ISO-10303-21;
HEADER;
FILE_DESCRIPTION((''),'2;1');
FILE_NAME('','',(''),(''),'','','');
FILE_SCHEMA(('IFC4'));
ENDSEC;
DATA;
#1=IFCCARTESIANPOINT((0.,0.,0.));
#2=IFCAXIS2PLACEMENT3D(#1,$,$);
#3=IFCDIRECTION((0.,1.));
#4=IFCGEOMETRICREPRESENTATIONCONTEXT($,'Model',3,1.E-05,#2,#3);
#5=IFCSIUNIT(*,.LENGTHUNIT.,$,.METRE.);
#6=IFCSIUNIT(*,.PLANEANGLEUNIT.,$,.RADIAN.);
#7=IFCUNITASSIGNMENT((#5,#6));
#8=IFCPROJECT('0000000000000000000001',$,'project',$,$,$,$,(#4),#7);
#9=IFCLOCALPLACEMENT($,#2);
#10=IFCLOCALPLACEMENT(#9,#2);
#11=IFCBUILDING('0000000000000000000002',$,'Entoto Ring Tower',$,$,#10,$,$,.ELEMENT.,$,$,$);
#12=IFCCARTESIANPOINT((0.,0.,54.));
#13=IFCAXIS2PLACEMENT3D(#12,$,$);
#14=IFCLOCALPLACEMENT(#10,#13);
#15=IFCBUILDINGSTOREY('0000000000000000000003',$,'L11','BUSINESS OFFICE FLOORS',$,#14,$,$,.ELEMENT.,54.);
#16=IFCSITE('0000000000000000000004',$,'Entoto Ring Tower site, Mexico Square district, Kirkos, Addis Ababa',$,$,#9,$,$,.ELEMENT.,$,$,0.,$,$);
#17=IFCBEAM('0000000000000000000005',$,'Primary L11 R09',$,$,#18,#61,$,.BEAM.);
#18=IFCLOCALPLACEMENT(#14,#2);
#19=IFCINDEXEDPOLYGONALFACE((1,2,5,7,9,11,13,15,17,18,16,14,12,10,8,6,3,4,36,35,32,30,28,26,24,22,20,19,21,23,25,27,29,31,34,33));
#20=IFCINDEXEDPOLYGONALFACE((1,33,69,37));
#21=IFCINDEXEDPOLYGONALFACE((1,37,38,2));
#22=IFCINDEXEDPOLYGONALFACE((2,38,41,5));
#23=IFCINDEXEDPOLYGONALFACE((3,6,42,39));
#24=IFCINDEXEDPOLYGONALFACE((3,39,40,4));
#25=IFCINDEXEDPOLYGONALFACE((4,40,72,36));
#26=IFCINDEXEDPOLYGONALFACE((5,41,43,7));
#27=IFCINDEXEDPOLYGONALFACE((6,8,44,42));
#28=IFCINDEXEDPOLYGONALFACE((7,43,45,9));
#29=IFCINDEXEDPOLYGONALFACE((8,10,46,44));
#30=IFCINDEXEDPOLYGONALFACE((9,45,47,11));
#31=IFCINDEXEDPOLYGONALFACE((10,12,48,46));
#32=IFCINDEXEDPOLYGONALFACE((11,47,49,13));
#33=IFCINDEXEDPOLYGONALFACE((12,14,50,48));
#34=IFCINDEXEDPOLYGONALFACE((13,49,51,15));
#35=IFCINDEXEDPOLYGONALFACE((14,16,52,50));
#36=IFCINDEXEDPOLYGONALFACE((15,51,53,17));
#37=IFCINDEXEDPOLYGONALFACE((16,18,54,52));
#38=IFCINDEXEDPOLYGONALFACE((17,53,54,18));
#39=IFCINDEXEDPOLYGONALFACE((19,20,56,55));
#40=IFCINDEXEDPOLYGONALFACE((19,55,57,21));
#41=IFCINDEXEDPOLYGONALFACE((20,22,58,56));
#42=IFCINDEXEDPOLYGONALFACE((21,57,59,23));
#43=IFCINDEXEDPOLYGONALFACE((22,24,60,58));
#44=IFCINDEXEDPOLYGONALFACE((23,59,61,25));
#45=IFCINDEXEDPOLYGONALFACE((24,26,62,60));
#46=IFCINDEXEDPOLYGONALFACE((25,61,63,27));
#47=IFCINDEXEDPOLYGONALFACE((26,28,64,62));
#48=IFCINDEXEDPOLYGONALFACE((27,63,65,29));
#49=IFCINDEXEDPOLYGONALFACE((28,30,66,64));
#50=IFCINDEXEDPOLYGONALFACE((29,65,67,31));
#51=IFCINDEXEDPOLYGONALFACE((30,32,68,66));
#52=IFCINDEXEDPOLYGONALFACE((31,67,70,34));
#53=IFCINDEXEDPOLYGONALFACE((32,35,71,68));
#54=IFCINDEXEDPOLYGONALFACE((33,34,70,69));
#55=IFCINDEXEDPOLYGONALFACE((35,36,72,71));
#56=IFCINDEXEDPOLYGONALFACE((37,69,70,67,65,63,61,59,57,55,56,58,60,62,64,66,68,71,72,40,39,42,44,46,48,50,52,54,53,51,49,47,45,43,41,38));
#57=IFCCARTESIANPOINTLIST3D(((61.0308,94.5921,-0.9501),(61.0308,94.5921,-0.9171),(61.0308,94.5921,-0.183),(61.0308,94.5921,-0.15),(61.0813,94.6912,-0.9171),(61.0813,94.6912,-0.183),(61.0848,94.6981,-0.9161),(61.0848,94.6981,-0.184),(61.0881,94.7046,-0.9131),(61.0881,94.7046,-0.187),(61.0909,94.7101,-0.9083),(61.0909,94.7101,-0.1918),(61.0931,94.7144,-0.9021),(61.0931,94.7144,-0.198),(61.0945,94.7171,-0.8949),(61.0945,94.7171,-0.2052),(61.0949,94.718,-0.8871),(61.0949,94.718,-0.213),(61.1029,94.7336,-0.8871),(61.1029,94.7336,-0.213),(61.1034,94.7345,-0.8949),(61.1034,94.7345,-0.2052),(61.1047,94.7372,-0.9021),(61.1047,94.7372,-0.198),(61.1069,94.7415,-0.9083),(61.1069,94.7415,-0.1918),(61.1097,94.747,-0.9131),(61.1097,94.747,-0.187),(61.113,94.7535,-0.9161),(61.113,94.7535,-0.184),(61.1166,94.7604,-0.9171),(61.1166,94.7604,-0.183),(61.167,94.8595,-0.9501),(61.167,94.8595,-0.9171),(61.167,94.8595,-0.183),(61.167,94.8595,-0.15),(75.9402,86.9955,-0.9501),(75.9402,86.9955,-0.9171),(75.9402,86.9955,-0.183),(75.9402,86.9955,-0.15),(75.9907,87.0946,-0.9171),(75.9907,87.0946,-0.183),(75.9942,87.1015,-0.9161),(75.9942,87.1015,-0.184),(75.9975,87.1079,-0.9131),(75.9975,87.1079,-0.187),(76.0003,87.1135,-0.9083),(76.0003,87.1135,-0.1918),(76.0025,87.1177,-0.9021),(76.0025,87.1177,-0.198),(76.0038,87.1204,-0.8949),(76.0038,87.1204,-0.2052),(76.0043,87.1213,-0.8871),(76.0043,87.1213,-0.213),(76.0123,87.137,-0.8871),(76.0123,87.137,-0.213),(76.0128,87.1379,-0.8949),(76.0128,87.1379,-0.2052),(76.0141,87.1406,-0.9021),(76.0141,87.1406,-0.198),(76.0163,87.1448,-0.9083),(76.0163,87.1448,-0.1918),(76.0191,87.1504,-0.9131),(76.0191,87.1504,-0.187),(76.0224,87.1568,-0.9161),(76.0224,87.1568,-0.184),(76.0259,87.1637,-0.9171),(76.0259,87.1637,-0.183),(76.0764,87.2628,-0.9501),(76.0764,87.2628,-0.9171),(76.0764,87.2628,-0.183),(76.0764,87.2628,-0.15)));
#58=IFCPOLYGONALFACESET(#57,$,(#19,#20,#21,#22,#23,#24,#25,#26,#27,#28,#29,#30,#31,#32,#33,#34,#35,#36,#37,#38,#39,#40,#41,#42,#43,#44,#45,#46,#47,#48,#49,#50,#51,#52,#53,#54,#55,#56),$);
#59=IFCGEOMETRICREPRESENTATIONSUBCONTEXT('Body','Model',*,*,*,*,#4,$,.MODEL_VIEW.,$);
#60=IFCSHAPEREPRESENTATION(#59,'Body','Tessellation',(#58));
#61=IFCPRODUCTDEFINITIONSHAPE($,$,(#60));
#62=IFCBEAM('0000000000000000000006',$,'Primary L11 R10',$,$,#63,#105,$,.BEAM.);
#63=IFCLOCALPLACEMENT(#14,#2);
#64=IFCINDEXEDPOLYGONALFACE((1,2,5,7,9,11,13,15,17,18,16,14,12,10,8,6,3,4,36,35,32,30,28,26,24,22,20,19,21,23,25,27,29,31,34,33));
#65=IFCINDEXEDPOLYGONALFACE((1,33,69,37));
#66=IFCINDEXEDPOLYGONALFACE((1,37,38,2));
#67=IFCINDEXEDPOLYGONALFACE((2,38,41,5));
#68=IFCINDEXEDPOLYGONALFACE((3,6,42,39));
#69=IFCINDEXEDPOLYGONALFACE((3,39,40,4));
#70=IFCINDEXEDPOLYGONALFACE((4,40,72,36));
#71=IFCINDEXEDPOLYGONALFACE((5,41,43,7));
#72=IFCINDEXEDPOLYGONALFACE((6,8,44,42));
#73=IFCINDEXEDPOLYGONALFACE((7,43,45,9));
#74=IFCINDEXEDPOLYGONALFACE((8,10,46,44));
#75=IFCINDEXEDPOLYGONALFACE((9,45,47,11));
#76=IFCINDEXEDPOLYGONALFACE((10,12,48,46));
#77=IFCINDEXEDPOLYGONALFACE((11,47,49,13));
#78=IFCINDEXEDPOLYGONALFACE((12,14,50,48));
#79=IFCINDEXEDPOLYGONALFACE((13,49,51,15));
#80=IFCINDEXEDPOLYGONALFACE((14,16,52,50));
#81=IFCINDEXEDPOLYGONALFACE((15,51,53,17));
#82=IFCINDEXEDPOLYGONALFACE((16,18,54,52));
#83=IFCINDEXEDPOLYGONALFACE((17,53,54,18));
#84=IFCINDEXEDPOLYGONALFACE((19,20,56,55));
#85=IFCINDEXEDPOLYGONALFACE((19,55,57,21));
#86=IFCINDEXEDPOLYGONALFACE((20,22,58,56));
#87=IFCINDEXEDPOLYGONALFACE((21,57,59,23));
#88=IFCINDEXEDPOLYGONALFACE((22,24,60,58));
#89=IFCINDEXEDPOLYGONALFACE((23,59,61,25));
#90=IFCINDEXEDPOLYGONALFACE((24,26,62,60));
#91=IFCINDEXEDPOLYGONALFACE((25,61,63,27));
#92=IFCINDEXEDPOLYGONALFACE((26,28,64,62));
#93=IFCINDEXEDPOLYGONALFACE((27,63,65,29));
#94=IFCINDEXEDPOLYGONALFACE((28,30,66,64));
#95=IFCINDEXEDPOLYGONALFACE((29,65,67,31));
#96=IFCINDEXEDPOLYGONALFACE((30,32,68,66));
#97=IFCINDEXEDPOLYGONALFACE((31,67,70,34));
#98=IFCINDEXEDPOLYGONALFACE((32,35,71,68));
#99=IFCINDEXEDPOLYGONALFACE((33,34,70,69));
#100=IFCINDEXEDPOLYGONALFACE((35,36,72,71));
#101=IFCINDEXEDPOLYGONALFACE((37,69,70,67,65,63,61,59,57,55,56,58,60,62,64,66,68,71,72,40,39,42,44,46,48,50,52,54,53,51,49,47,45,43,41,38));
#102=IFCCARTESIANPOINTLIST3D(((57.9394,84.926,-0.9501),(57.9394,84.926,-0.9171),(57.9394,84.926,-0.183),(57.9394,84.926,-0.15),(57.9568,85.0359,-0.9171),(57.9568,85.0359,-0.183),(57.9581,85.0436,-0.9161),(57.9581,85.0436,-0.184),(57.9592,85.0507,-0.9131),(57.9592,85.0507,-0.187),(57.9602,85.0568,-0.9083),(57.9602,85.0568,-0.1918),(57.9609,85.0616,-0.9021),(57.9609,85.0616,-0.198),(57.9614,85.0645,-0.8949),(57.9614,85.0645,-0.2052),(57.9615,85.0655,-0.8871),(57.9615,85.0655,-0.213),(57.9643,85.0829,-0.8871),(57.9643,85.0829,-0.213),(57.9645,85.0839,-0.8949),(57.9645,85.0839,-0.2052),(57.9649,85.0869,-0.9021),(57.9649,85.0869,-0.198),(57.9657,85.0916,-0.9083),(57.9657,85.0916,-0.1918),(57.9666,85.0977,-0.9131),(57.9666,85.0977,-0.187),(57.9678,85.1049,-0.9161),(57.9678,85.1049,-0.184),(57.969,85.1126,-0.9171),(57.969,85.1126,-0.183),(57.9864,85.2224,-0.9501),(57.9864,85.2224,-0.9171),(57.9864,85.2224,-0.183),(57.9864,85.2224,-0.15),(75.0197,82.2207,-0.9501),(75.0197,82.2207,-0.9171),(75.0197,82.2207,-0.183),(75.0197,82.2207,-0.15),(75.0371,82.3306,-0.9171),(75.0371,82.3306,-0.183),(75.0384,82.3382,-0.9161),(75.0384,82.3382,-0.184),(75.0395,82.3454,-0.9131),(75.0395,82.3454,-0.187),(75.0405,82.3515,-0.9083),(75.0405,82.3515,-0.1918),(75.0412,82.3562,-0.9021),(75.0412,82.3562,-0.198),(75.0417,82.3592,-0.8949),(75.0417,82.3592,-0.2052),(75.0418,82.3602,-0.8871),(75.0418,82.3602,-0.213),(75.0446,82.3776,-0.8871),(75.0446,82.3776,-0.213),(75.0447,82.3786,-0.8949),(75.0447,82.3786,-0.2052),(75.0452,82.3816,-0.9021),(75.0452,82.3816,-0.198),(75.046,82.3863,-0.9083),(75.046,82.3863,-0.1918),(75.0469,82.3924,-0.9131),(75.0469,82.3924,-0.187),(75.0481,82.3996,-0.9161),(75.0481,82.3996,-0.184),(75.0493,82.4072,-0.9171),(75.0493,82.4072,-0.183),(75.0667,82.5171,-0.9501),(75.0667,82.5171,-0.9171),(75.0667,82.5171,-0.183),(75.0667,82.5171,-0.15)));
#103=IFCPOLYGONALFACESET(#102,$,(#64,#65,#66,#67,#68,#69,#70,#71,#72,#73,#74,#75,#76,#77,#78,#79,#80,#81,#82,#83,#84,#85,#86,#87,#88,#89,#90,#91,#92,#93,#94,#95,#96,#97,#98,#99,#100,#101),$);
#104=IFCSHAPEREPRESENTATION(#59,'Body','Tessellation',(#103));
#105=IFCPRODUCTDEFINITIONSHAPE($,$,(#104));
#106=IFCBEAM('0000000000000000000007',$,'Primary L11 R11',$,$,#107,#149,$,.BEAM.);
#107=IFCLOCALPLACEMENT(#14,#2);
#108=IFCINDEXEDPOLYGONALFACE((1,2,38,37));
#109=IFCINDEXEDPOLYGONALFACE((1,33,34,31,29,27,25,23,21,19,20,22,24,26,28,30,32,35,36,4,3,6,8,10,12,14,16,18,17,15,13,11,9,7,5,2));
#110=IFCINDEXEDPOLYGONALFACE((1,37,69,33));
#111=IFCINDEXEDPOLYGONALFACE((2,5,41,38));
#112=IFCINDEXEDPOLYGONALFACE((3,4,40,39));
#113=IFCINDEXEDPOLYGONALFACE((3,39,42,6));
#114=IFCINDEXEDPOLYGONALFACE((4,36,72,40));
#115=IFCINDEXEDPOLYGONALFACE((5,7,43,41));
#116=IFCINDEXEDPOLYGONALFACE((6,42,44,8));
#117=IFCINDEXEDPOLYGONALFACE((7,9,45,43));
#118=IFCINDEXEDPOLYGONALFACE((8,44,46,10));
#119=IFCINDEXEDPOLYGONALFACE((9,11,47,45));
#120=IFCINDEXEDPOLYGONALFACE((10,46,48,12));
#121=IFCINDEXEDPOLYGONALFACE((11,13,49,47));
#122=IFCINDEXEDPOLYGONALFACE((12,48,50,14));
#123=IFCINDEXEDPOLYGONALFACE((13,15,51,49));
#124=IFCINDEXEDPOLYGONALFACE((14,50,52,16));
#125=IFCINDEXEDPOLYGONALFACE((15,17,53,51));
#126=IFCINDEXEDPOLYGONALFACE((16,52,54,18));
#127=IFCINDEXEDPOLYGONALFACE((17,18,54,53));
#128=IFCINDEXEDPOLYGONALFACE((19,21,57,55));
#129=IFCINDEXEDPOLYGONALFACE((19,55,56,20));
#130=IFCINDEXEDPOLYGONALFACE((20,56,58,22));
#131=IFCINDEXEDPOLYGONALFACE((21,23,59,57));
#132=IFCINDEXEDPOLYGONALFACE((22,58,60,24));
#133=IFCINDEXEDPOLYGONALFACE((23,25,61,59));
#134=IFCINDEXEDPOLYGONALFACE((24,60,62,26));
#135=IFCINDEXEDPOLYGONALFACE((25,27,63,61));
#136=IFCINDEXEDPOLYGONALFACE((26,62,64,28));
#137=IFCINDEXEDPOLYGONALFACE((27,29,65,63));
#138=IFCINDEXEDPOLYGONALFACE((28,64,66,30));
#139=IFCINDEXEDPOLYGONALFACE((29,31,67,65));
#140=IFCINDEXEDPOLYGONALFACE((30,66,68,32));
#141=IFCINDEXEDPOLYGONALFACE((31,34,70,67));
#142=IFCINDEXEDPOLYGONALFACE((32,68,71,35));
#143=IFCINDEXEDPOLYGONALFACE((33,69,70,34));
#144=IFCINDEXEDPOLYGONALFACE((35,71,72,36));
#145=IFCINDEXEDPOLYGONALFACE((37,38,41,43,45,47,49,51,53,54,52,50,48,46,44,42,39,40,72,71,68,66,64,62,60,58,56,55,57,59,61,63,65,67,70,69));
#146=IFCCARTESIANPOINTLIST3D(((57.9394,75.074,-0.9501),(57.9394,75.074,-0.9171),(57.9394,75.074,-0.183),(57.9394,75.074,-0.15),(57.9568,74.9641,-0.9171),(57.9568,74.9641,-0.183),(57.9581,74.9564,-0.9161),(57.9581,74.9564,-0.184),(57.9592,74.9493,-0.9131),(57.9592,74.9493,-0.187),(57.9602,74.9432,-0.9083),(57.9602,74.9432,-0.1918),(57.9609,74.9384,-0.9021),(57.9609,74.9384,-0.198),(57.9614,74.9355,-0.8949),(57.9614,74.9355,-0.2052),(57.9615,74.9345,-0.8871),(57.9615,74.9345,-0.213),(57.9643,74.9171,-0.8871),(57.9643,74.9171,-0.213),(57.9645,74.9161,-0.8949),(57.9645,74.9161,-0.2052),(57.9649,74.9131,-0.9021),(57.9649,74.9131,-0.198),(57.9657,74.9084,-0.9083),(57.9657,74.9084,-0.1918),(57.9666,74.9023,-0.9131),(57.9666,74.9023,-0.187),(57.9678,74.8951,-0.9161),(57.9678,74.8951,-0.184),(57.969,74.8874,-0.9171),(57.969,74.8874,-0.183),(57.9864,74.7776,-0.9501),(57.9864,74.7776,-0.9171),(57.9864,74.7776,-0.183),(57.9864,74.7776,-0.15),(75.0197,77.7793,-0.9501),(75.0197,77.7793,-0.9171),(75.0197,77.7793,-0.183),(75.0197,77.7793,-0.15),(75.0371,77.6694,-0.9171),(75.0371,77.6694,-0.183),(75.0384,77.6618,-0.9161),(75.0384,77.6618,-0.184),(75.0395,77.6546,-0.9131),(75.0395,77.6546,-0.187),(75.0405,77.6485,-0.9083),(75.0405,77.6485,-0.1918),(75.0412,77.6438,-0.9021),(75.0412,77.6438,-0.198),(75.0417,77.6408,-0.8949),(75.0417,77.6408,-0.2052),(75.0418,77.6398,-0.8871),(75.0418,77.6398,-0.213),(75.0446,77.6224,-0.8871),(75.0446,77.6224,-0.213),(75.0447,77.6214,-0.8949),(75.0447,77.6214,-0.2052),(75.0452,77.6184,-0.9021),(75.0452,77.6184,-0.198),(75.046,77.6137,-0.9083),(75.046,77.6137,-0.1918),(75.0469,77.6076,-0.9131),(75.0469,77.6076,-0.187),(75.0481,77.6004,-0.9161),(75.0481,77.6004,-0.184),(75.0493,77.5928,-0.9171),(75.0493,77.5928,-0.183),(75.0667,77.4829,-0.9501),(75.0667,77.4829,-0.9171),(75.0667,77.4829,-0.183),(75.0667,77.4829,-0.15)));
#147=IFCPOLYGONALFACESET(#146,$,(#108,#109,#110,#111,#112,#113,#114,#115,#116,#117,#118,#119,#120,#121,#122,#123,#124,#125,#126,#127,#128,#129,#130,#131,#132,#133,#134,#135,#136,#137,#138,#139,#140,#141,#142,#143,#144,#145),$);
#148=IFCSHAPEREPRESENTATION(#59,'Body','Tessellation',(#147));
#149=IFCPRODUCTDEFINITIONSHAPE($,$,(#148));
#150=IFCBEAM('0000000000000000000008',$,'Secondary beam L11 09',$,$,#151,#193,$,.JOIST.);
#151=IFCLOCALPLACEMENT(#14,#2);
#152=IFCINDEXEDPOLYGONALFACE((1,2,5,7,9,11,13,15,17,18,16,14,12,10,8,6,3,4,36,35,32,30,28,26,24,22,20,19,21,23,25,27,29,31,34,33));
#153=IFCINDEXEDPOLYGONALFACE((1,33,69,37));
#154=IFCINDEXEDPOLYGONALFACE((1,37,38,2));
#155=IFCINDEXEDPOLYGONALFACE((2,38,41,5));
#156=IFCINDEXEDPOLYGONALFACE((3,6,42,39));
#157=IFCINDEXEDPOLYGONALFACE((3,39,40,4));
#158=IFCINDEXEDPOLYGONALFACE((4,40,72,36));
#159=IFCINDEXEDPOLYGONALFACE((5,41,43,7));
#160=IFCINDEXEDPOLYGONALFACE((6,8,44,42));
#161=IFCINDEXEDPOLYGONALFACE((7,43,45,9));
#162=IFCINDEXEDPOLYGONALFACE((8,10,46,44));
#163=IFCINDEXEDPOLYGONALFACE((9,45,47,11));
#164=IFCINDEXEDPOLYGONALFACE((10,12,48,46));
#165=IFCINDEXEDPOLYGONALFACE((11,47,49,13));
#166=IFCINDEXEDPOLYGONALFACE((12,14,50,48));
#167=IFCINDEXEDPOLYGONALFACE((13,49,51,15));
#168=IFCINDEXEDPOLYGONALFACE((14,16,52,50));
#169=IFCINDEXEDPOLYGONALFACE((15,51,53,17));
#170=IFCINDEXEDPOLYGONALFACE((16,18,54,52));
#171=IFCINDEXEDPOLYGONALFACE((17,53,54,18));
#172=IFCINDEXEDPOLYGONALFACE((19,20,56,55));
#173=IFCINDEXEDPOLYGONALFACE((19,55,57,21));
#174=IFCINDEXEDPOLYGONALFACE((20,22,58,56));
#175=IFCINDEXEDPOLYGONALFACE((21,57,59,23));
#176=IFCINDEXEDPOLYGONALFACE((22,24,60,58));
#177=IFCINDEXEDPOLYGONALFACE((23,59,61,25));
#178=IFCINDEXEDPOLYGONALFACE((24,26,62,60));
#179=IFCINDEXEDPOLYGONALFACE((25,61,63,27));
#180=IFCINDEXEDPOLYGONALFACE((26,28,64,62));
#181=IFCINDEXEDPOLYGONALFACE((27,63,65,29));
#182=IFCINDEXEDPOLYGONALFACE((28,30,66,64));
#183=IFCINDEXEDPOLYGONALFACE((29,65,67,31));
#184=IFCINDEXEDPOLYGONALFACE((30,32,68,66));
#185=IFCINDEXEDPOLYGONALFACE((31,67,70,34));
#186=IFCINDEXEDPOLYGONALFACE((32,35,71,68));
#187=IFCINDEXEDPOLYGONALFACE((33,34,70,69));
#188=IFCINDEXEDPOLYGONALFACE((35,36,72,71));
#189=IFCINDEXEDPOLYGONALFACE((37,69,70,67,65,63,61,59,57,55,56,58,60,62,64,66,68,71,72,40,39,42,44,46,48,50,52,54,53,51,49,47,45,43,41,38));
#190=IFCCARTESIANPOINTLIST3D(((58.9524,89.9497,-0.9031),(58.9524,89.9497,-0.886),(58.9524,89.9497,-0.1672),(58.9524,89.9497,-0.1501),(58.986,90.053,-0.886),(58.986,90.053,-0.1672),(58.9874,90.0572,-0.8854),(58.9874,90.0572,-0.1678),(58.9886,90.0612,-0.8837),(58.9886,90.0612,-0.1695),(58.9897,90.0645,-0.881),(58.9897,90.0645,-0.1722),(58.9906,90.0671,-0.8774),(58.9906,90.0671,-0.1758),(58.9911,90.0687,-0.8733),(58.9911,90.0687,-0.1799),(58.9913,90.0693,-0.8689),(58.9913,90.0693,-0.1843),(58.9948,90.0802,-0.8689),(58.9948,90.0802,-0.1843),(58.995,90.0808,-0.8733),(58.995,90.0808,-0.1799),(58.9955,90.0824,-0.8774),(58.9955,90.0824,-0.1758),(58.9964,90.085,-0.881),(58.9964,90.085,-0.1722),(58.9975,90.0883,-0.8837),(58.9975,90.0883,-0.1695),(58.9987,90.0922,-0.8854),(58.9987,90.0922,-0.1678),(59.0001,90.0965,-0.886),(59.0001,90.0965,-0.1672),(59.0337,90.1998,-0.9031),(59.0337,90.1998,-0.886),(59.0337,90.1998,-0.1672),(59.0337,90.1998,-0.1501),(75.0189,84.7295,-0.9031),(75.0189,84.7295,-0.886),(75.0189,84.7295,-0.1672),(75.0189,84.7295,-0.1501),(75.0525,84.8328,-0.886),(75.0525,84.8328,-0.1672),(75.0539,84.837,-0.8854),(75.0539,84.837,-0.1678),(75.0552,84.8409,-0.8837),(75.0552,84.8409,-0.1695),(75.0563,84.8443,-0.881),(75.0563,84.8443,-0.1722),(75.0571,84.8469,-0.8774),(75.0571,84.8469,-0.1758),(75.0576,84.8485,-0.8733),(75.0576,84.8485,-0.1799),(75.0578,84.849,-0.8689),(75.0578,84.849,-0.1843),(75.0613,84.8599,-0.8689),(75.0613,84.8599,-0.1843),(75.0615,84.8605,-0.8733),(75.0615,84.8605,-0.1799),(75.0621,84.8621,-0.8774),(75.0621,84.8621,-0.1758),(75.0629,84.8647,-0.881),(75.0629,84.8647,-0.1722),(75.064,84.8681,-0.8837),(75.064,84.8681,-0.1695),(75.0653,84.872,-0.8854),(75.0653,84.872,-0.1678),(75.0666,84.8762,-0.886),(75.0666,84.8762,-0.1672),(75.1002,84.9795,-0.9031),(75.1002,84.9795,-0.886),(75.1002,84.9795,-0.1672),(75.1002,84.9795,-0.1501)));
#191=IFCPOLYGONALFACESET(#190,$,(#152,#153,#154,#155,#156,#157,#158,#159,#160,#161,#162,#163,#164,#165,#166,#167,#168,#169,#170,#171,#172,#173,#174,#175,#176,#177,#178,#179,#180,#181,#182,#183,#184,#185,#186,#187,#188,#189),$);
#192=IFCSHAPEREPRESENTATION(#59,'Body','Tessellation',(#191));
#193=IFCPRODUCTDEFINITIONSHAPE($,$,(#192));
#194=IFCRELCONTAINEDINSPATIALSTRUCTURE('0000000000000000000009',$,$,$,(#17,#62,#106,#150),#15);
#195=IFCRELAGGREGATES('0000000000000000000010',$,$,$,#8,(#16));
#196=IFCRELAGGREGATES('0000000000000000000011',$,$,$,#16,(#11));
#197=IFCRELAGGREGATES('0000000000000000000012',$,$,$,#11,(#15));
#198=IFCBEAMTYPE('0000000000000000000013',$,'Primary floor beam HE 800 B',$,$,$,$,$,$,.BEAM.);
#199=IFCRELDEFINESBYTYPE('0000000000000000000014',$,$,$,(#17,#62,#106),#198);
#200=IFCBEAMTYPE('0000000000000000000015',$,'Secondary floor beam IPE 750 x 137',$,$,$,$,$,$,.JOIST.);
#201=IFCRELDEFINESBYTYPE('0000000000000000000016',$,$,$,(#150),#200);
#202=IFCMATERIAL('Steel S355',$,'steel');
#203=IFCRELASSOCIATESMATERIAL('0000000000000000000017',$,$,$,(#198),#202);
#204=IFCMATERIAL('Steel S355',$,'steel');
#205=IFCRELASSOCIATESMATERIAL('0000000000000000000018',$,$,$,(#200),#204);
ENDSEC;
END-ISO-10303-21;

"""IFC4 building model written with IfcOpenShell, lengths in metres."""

from ifc_helpers import new_model, si_unit, direction, frame, origin, origin_2d, place, context, subcontext, project, spatial, i_section, extrude, material, material_profile, profile_set, type_object, element, save


model = new_model("IFC4")

# Units and contexts
model_context = context("Model", 3, precision=1e-05, world=origin(), true_north=direction((0.0, 1.0)))
body_context = subcontext(model_context, "Body", "Model", "MODEL_VIEW")
ifc_project = project(units=[si_unit("LENGTHUNIT", "METRE"), si_unit("PLANEANGLEUNIT", "RADIAN")], contexts=[model_context])

# Site, building, storey
site_placement = place(None, origin())
site = spatial("IfcSite", under=ifc_project, at=site_placement, Name="Entoto Ring Tower site, Mexico Square district, Kirkos, Addis Ababa", CompositionType="ELEMENT", RefElevation=0.0)
building_placement = place(site_placement, origin())
building = spatial("IfcBuilding", under=site, at=building_placement, Name="Entoto Ring Tower", CompositionType="ELEMENT")
storey_placement = place(building_placement, frame((0.0, 0.0, 54.0)))
storey = spatial("IfcBuildingStorey", under=building, at=storey_placement, Name="L11", Description="BUSINESS OFFICE FLOORS", CompositionType="ELEMENT", Elevation=54.0)

# Beams
ifc_material_1 = material(Name="Steel S355", Category="steel")
ifc_material_profile_1 = material_profile(ifc_material_1, i_section(OverallWidth=0.3, OverallDepth=0.8, WebThickness=0.0176, FlangeThickness=0.033, FilletRadius=0.03, at=origin_2d()), Name="HE 800 B")
ifc_profile_set_1 = profile_set([ifc_material_profile_1], Name="Steel S355")
beam_type_1 = type_object("IfcBeamType", Name="Primary floor beam HE 800 B", PredefinedType="BEAM", material=ifc_profile_set_1)
beam_1_placement = place(storey_placement, frame((76.0083, 87.1292, -0.55), z_axis=(-0.891008, 0.453988, 0.0), x_axis=(-0.453988, -0.891008, 0.0)))
element("IfcBeam", 1, at=beam_1_placement, inside=storey, type_object=beam_type_1, Name="Primary L11 R09", PredefinedType="BEAM", context=body_context, shape_type="SweptSolid", body=[
    extrude(i_section(OverallWidth=0.3, OverallDepth=0.8, WebThickness=0.0176, FlangeThickness=0.033, FilletRadius=0.03, at=origin_2d()), origin(), (0.0, 0.0, 1.0), 16.7332),
])
for number, where, z_axis, x_axis, name in (
    (2, (75.0432, 82.3689, -0.55), (-0.987688, 0.156438, 0.0), (-0.156438, -0.987688, 0.0), "Primary L11 R10"),
    (3, (75.0432, 77.6311, -0.55), (-0.987688, -0.156438, 0.0), (0.156438, -0.987688, 0.0), "Primary L11 R11"),
):
    element("IfcBeam", number, at=place(storey_placement, frame(where, z_axis=z_axis, x_axis=x_axis)), inside=storey, type_object=beam_type_1, Name=name, PredefinedType="BEAM", context=body_context, shape_type="SweptSolid", body=[
        extrude(i_section(OverallWidth=0.3, OverallDepth=0.8, WebThickness=0.0176, FlangeThickness=0.033, FilletRadius=0.03, at=origin_2d()), origin(), (0.0, 0.0, 1.0), 17.2932),
    ])
ifc_material_2 = material(Name="Steel S355", Category="steel")
ifc_material_profile_2 = material_profile(ifc_material_2, i_section(OverallWidth=0.2629, OverallDepth=0.7529, WebThickness=0.0115, FlangeThickness=0.0171, FilletRadius=0.0171, at=origin_2d()), Name="IPE 750 x 137")
ifc_profile_set_2 = profile_set([ifc_material_profile_2], Name="Steel S355")
beam_type_2 = type_object("IfcBeamType", Name="Secondary floor beam IPE 750 x 137", PredefinedType="JOIST", material=ifc_profile_set_2)
beam_2_placement = place(storey_placement, frame((75.0596, 84.8545, -0.5266), z_axis=(-0.951058, 0.309013, 0.0), x_axis=(-0.309013, -0.951058, 0.0)))
element("IfcBeam", 4, at=beam_2_placement, inside=storey, type_object=beam_type_2, Name="Secondary beam L11 09", PredefinedType="JOIST", context=body_context, shape_type="SweptSolid", body=[
    extrude(i_section(OverallWidth=0.2629, OverallDepth=0.7529, WebThickness=0.0115, FlangeThickness=0.0171, FilletRadius=0.0171, at=origin_2d()), origin(), (0.0, 0.0, 1.0), 16.8933),
])

save(model, "model.ifc")
